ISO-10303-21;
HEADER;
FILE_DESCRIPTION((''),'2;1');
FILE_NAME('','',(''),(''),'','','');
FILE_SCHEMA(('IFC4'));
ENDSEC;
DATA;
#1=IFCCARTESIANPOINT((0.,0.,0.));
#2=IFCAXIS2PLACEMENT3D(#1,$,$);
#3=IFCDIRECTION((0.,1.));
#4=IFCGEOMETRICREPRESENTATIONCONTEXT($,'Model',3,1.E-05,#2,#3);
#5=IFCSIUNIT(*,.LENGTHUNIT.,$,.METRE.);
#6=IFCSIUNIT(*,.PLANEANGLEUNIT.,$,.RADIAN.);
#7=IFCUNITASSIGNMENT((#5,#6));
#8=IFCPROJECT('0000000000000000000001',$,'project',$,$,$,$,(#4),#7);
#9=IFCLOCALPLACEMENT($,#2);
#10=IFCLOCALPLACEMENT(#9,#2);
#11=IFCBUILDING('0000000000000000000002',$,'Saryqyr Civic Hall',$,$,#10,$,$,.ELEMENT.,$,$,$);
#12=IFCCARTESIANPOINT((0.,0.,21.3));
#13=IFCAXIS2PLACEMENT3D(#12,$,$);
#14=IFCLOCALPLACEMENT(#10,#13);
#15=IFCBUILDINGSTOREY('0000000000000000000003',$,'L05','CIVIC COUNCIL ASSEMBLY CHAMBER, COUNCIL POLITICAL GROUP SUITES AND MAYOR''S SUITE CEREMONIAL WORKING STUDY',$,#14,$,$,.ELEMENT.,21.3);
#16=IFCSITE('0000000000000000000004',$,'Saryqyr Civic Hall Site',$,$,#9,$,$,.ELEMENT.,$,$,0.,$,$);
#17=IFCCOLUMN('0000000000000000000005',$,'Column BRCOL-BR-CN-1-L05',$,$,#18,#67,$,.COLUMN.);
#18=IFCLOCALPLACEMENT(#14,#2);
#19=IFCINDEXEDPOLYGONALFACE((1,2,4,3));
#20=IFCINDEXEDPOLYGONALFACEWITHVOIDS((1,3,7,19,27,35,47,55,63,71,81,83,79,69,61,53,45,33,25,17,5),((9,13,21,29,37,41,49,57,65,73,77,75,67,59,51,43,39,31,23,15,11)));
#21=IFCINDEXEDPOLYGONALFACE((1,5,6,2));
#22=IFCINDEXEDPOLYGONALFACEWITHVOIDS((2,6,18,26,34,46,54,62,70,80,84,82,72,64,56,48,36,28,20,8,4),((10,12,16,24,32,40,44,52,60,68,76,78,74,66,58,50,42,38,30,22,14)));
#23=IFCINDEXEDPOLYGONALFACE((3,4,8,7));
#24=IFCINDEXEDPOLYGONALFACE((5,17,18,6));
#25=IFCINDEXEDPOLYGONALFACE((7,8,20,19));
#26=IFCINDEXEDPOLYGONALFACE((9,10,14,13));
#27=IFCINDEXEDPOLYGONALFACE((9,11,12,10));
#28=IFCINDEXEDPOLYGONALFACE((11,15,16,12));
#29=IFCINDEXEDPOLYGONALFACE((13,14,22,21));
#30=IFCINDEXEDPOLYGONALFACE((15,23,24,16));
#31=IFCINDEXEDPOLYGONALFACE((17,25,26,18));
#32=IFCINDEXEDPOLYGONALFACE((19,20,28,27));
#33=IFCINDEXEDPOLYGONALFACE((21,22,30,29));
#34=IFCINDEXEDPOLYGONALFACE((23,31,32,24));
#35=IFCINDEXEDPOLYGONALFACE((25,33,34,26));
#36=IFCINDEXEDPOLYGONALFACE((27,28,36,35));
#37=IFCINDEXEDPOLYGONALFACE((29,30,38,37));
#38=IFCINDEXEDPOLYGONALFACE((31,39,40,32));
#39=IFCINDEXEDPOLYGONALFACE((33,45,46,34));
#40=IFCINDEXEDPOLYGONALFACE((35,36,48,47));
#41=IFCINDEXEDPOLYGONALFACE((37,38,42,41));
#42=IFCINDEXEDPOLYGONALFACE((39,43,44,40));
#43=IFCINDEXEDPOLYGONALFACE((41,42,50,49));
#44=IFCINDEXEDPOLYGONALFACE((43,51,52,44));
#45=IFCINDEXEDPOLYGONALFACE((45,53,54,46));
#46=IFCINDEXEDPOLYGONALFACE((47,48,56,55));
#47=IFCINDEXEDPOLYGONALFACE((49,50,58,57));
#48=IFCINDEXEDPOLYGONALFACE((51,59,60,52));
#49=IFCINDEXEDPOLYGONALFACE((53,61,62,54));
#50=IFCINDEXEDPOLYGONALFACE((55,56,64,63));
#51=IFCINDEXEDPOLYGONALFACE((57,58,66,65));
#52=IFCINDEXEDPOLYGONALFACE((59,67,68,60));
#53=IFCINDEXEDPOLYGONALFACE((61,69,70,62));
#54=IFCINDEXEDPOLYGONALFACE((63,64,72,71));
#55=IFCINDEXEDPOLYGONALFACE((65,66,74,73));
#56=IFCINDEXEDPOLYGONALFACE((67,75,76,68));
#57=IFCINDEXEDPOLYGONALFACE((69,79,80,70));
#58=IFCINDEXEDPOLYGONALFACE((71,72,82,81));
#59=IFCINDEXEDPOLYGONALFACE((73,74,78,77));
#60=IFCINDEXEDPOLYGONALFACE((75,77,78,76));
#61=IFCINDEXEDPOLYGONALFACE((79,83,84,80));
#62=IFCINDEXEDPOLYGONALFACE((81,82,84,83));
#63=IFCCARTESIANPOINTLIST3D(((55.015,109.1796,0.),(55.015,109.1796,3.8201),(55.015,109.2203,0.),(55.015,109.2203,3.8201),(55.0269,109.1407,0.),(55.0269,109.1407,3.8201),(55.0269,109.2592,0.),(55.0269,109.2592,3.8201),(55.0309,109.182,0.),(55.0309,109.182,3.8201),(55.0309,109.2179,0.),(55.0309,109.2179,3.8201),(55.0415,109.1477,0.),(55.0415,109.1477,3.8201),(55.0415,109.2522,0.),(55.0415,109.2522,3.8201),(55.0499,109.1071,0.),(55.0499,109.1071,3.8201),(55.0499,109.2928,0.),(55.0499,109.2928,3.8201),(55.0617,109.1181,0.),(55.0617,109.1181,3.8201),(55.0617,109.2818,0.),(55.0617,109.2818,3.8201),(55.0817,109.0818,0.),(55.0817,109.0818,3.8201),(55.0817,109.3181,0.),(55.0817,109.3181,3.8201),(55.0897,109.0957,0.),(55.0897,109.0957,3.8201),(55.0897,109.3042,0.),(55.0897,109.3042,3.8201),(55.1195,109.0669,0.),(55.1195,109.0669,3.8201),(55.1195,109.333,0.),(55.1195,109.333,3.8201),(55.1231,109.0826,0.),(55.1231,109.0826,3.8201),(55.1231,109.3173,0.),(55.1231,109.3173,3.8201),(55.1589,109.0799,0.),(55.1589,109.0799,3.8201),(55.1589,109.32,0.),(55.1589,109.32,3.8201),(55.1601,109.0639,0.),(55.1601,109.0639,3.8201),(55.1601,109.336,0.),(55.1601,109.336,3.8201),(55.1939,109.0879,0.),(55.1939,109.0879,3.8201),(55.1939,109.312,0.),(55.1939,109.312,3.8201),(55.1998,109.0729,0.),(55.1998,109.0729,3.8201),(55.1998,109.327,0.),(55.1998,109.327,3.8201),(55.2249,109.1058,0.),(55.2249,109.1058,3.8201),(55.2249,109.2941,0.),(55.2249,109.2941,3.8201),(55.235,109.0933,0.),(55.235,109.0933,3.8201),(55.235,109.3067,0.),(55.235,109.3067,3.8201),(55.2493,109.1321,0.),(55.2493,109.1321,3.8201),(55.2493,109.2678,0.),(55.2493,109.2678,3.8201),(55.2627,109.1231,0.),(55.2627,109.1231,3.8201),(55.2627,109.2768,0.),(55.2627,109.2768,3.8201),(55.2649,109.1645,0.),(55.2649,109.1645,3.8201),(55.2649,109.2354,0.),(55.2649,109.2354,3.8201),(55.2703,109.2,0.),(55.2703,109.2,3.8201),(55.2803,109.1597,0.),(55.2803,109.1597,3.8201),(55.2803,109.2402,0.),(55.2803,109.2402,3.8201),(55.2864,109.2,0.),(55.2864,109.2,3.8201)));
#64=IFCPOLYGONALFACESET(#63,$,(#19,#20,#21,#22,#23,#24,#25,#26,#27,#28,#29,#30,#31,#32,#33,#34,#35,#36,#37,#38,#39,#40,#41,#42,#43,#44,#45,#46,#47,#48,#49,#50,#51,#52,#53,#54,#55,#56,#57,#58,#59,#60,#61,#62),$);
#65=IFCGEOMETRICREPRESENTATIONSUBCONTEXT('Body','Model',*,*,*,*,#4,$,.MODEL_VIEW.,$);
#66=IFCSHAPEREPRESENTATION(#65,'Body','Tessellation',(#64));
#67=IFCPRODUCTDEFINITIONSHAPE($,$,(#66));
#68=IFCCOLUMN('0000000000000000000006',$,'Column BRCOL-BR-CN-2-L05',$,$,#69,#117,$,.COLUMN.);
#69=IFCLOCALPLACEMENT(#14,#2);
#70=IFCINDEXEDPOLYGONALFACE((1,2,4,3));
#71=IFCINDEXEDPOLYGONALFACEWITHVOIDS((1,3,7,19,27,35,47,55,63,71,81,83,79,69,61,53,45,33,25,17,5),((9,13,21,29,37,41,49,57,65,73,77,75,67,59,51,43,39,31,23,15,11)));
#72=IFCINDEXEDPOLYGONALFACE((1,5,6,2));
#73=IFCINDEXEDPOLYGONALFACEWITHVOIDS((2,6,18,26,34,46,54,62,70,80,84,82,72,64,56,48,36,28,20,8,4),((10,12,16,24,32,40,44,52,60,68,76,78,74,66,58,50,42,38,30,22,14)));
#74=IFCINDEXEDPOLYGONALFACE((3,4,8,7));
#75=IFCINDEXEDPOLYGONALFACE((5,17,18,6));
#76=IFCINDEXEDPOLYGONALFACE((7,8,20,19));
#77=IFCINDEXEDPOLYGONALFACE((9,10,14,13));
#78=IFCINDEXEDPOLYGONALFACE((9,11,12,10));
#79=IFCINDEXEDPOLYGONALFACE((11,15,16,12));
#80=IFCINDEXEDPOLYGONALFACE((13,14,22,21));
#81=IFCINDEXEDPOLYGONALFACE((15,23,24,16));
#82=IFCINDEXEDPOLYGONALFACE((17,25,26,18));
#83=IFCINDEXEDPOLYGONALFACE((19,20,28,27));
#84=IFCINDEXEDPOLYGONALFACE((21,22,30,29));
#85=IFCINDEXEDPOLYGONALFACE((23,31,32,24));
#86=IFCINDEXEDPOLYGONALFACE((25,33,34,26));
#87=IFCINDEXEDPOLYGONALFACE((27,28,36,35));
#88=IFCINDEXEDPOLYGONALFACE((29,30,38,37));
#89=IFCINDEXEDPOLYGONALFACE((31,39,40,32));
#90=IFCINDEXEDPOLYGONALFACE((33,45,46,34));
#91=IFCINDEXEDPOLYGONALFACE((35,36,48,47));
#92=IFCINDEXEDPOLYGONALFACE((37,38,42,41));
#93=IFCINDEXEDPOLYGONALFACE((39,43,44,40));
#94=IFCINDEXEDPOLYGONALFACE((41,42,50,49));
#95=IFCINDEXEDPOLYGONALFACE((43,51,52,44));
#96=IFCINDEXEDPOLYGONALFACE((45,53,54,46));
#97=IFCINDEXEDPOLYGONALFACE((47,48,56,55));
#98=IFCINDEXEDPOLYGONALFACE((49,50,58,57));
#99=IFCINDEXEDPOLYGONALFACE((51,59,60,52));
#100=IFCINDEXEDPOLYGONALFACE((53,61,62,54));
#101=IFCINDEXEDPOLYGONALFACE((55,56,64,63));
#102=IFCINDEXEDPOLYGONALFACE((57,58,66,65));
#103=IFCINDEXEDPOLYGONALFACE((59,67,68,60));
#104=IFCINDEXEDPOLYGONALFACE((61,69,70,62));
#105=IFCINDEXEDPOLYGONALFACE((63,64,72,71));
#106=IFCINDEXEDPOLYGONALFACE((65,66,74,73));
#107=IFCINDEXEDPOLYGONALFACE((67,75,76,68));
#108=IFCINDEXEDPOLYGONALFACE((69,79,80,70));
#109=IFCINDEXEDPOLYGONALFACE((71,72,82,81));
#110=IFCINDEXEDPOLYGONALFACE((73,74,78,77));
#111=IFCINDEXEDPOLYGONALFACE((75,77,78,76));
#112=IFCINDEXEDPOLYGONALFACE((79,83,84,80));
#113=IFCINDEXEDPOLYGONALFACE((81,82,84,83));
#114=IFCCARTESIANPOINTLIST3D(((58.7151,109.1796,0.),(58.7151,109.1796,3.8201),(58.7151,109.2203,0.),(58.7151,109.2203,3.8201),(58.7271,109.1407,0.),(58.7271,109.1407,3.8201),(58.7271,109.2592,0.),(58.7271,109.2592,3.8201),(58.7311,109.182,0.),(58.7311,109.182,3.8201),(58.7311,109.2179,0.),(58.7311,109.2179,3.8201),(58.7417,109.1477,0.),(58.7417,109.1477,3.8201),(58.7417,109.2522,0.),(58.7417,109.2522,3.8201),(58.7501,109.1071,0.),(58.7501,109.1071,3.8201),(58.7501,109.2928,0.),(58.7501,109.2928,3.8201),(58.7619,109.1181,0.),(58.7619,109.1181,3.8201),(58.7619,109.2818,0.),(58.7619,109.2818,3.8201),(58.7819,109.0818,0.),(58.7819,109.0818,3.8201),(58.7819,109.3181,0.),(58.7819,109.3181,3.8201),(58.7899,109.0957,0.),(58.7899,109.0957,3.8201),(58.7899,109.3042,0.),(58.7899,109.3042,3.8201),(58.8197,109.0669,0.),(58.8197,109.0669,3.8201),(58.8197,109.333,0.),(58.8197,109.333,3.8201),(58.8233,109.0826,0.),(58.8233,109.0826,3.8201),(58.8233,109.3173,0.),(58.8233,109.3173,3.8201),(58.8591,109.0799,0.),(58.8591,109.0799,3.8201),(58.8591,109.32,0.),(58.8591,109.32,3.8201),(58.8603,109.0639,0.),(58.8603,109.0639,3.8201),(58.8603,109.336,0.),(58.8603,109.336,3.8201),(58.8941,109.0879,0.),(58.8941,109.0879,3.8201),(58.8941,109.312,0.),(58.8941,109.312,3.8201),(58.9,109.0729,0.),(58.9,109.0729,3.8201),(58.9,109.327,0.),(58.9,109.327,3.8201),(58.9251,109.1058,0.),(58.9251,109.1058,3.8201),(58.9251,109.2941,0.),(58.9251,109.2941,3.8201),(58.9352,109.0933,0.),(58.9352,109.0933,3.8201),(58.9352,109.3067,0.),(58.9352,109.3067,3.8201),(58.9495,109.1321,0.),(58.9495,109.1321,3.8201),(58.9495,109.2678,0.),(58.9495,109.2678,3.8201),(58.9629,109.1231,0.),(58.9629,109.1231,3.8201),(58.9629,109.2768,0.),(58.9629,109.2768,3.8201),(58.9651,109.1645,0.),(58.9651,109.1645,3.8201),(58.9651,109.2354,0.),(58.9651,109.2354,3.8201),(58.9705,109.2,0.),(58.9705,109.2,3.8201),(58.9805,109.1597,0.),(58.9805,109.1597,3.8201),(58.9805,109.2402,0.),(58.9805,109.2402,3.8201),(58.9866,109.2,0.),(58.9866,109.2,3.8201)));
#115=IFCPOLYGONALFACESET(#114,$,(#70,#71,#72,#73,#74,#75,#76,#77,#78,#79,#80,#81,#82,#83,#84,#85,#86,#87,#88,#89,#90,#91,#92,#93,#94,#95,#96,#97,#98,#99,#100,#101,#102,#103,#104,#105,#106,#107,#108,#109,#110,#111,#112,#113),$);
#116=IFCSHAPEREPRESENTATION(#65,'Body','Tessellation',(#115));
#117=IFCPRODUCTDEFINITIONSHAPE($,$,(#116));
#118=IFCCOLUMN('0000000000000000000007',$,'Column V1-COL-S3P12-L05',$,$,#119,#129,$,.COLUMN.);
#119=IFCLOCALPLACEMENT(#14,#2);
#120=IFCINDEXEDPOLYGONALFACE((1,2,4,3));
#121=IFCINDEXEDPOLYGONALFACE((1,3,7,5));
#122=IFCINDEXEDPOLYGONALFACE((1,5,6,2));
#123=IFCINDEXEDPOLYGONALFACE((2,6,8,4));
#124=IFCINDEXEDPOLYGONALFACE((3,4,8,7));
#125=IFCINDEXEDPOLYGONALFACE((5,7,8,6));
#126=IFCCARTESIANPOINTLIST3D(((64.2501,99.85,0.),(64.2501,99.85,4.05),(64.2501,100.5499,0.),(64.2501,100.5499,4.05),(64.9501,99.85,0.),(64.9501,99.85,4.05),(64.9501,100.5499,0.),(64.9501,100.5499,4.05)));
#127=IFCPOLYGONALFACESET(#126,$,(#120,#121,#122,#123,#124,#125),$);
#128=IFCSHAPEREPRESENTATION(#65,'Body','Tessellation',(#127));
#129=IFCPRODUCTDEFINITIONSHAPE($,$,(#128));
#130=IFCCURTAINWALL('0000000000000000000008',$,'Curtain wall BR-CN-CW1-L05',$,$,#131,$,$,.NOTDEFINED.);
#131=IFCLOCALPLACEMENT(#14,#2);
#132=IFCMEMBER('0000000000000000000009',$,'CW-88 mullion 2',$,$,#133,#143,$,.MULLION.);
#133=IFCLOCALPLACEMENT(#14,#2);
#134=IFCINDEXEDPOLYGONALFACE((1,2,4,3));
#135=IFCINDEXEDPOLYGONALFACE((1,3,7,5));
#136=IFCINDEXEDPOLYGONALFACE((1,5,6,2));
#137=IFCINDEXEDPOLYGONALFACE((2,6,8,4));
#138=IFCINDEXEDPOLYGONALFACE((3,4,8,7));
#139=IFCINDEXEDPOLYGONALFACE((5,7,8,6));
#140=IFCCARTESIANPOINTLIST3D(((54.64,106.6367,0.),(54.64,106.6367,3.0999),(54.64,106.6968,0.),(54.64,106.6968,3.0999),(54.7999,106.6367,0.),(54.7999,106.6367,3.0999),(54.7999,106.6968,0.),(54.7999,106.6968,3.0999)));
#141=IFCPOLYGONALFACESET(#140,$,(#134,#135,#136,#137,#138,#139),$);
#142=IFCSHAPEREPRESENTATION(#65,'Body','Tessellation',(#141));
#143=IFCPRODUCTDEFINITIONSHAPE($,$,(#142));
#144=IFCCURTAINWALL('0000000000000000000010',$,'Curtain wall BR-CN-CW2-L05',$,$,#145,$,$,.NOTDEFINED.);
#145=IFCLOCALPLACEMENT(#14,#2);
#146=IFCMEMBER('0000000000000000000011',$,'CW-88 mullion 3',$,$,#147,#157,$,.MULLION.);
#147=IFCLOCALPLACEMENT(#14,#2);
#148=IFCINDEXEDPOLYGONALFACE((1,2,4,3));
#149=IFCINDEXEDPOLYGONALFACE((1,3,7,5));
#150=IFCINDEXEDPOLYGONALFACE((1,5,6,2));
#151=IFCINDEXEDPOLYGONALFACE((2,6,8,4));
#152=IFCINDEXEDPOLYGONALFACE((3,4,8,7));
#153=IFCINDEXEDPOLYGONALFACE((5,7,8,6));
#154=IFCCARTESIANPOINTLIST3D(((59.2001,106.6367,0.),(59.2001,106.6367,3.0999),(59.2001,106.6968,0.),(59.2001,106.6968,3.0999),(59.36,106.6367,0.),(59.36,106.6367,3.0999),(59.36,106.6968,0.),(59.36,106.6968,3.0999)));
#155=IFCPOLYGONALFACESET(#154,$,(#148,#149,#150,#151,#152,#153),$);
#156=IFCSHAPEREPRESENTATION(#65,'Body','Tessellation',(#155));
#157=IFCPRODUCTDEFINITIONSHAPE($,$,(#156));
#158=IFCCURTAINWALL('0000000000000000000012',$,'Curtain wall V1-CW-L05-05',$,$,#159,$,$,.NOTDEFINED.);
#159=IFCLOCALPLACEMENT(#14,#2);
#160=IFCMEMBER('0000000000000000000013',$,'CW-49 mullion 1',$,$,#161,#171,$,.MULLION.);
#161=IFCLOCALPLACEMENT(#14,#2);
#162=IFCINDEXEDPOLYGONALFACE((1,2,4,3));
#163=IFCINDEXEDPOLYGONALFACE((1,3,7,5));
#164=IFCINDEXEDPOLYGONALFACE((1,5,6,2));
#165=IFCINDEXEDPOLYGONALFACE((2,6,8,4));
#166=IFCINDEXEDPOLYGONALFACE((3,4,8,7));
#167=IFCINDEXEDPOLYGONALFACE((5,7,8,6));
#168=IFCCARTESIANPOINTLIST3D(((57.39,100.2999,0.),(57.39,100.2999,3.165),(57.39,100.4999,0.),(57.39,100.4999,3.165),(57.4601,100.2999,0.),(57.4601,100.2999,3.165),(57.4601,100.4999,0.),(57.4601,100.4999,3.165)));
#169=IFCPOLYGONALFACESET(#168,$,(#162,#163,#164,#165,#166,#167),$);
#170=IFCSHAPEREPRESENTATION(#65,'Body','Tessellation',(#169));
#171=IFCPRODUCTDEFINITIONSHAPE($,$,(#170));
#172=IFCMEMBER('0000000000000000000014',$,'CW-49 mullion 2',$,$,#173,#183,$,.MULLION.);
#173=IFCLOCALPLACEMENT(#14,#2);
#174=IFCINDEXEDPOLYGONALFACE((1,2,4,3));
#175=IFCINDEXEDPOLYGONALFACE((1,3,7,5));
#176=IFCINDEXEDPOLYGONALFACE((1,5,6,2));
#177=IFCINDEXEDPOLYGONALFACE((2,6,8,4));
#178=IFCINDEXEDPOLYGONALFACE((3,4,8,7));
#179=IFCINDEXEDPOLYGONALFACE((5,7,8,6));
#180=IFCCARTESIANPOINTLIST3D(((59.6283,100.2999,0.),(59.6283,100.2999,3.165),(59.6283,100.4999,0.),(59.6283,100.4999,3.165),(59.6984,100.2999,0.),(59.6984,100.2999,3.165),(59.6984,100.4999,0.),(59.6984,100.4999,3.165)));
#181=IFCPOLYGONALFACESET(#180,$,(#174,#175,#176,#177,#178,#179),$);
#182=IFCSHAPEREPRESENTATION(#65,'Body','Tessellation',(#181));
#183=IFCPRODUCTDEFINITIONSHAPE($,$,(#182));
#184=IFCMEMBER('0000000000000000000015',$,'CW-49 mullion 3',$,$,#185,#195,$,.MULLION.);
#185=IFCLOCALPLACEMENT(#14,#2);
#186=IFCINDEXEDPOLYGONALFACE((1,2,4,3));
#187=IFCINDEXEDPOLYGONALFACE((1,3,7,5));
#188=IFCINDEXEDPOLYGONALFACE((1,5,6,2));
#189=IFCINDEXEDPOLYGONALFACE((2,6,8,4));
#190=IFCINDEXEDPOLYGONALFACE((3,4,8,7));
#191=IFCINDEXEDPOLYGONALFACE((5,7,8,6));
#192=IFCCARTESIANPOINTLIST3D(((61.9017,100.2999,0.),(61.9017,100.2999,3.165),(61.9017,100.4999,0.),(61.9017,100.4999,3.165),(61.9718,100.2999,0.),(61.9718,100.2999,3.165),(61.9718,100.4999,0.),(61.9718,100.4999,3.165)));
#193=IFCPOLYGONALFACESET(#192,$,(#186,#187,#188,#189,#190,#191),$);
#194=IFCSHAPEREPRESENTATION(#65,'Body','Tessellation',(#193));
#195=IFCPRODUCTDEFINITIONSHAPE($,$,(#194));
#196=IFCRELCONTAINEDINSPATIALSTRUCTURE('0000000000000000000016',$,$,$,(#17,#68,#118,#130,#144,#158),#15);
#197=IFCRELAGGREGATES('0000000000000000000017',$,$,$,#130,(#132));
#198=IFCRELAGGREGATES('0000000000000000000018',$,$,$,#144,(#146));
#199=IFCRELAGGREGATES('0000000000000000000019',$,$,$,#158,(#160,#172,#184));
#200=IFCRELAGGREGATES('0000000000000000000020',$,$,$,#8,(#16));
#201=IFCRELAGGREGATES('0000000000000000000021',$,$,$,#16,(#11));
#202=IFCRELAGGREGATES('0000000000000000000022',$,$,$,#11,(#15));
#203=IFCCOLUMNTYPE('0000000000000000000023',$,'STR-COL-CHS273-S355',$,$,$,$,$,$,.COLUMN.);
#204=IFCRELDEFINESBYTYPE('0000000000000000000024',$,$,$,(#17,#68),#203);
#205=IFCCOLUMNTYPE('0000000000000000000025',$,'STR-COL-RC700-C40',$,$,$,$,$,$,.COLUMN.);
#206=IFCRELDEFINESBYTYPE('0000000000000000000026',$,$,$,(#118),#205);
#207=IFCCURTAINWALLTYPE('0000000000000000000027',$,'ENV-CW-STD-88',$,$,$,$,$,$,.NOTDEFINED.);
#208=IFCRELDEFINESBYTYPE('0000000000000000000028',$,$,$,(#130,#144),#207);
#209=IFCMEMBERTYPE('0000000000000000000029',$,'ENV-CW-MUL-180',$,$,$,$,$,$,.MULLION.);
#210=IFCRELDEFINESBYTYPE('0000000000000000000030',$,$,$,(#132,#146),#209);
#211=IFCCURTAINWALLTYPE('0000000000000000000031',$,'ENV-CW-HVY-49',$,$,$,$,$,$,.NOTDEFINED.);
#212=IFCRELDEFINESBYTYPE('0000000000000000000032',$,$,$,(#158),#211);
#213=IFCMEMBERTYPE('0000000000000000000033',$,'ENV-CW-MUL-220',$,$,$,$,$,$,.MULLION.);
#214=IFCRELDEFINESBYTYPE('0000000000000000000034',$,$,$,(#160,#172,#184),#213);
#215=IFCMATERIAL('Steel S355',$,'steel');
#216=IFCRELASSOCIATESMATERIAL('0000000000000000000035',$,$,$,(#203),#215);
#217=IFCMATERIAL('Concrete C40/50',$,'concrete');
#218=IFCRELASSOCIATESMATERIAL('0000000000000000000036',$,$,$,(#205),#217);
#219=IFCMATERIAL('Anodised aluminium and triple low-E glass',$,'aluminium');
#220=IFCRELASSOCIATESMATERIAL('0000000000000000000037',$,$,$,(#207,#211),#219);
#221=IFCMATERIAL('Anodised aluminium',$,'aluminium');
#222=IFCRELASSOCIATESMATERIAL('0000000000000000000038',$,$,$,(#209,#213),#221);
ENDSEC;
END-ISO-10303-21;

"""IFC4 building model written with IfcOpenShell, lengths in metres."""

from ifc_helpers import new_model, si_unit, direction, frame, origin, origin_2d, place, context, subcontext, project, spatial, rectangle, hollow_circle, extrude, material, material_profile, profile_set, type_object, element, aggregate, save


model = new_model("IFC4")

# Units and contexts
model_context = context("Model", 3, precision=1e-05, world=origin(), true_north=direction((0.0, 1.0)))
body_context = subcontext(model_context, "Body", "Model", "MODEL_VIEW")
ifc_project = project(units=[si_unit("LENGTHUNIT", "METRE"), si_unit("PLANEANGLEUNIT", "RADIAN")], contexts=[model_context])

# Site, building, storey
site_placement = place(None, origin())
site = spatial("IfcSite", under=ifc_project, at=site_placement, Name="Saryqyr Civic Hall Site", CompositionType="ELEMENT", RefElevation=0.0)
building_placement = place(site_placement, origin())
building = spatial("IfcBuilding", under=site, at=building_placement, Name="Saryqyr Civic Hall", CompositionType="ELEMENT")
storey_placement = place(building_placement, frame((0.0, 0.0, 21.3)))
storey = spatial("IfcBuildingStorey", under=building, at=storey_placement, Name="L05", Description="CIVIC COUNCIL ASSEMBLY CHAMBER, COUNCIL POLITICAL GROUP SUITES AND MAYOR'S SUITE CEREMONIAL WORKING STUDY", CompositionType="ELEMENT", Elevation=21.3)

# Columns
ifc_material_1 = material(Name="Steel S355", Category="steel")
ifc_material_profile_1 = material_profile(ifc_material_1, hollow_circle(Radius=0.1365, WallThickness=0.0161, at=origin_2d()), Name="CHS 273x16")
ifc_profile_set_1 = profile_set([ifc_material_profile_1], Name="Steel S355")
column_type_1 = type_object("IfcColumnType", Name="STR-COL-CHS273-S355", PredefinedType="COLUMN", material=ifc_profile_set_1)
for number, where, z_axis, x_axis, name in (
    (1, (55.1499, 109.2, 0.0), (0.0, 0.0, 1.0), (1.0, 0.0, 0.0), "Column BRCOL-BR-CN-1-L05"),
    (2, (58.8501, 109.2, 0.0), (0.0, 0.0, 1.0), (1.0, 0.0, 0.0), "Column BRCOL-BR-CN-2-L05"),
):
    element("IfcColumn", number, at=place(storey_placement, frame(where, z_axis=z_axis, x_axis=x_axis)), inside=storey, type_object=column_type_1, Name=name, PredefinedType="COLUMN", context=body_context, shape_type="SweptSolid", body=[
        extrude(hollow_circle(Radius=0.1365, WallThickness=0.0161, at=origin_2d()), origin(), (0.0, 0.0, 1.0), 3.8201),
    ])
ifc_material_2 = material(Name="Concrete C40/50", Category="concrete")
ifc_material_profile_2 = material_profile(ifc_material_2, rectangle(XDim=0.7, YDim=0.7, at=origin_2d()), Name="RC 700x700")
ifc_profile_set_2 = profile_set([ifc_material_profile_2], Name="Concrete C40/50")
column_type_2 = type_object("IfcColumnType", Name="STR-COL-RC700-C40", PredefinedType="COLUMN", material=ifc_profile_set_2)
column_placement = place(storey_placement, frame((64.6001, 100.2, 0.0), z_axis=(0.0, 0.0, 1.0), x_axis=(1.0, 0.0, 0.0)))
element("IfcColumn", 3, at=column_placement, inside=storey, type_object=column_type_2, Name="Column V1-COL-S3P12-L05", PredefinedType="COLUMN", context=body_context, shape_type="SweptSolid", body=[
    extrude(rectangle(XDim=0.7, YDim=0.7, at=origin_2d()), origin(), (0.0, 0.0, 1.0), 4.05),
])

# Curtain walls, members
ifc_material_3 = material(Name="Anodised aluminium and triple low-E glass", Category="aluminium")
curtain_wall_type_1 = type_object("IfcCurtainWallType", Name="ENV-CW-STD-88", PredefinedType="NOTDEFINED", material=ifc_material_3)
curtain_wall_1_placement = place(storey_placement, origin())
curtain_wall_1 = element("IfcCurtainWall", 4, at=curtain_wall_1_placement, inside=storey, type_object=curtain_wall_type_1, Name="Curtain wall BR-CN-CW1-L05", PredefinedType="NOTDEFINED")
ifc_material_4 = material(Name="Anodised aluminium", Category="aluminium")
ifc_material_profile_3 = material_profile(ifc_material_4, rectangle(XDim=0.0601, YDim=0.1599, at=origin_2d()), Name="ALU MULLION 60x160")
ifc_profile_set_3 = profile_set([ifc_material_profile_3], Name="Anodised aluminium")
member_type_1 = type_object("IfcMemberType", Name="ENV-CW-MUL-180", PredefinedType="MULLION", material=ifc_profile_set_3)
member_1_placement = place(storey_placement, frame((54.72, 106.6667, 0.0), z_axis=(0.0, 0.0, 1.0), x_axis=(0.0, 1.0, 0.0)))
member_1 = element("IfcMember", 5, at=member_1_placement, type_object=member_type_1, Name="CW-88 mullion 2", PredefinedType="MULLION", context=body_context, shape_type="SweptSolid", body=[
    extrude(rectangle(XDim=0.0601, YDim=0.1599, at=origin_2d()), origin(), (0.0, 0.0, 1.0), 3.0999),
])
curtain_wall_2_placement = place(storey_placement, origin())
curtain_wall_2 = element("IfcCurtainWall", 6, at=curtain_wall_2_placement, inside=storey, type_object=curtain_wall_type_1, Name="Curtain wall BR-CN-CW2-L05", PredefinedType="NOTDEFINED")
member_2_placement = place(storey_placement, frame((59.28, 106.6667, 0.0), z_axis=(0.0, 0.0, 1.0), x_axis=(0.0, -1.0, 0.0)))
member_2 = element("IfcMember", 7, at=member_2_placement, type_object=member_type_1, Name="CW-88 mullion 3", PredefinedType="MULLION", context=body_context, shape_type="SweptSolid", body=[
    extrude(rectangle(XDim=0.0601, YDim=0.1599, at=origin_2d()), origin(), (0.0, 0.0, 1.0), 3.0999),
])

# Curtain wall, members
curtain_wall_type_2 = type_object("IfcCurtainWallType", Name="ENV-CW-HVY-49", PredefinedType="NOTDEFINED", material=ifc_material_3)
curtain_wall_3_placement = place(storey_placement, origin())
curtain_wall_3 = element("IfcCurtainWall", 8, at=curtain_wall_3_placement, inside=storey, type_object=curtain_wall_type_2, Name="Curtain wall V1-CW-L05-05", PredefinedType="NOTDEFINED")
ifc_material_profile_4 = material_profile(ifc_material_4, rectangle(XDim=0.0701, YDim=0.2, at=origin_2d()), Name="ALU MULLION 70x200")
ifc_profile_set_4 = profile_set([ifc_material_profile_4], Name="Anodised aluminium")
member_type_2 = type_object("IfcMemberType", Name="ENV-CW-MUL-220", PredefinedType="MULLION", material=ifc_profile_set_4)
member_3_placement = place(storey_placement, frame((57.425, 100.3999, 0.0), z_axis=(0.0, 0.0, 1.0), x_axis=(1.0, 0.0, 0.0)))
member_3 = element("IfcMember", 9, at=member_3_placement, type_object=member_type_2, Name="CW-49 mullion 1", PredefinedType="MULLION", context=body_context, shape_type="SweptSolid", body=[
    extrude(rectangle(XDim=0.0701, YDim=0.2, at=origin_2d()), origin(), (0.0, 0.0, 1.0), 3.165),
])
member_4_placement = place(storey_placement, frame((59.6633, 100.3999, 0.0), z_axis=(0.0, 0.0, 1.0), x_axis=(1.0, 0.0, 0.0)))
member_4 = element("IfcMember", 10, at=member_4_placement, type_object=member_type_2, Name="CW-49 mullion 2", PredefinedType="MULLION", context=body_context, shape_type="SweptSolid", body=[
    extrude(rectangle(XDim=0.0701, YDim=0.2, at=origin_2d()), origin(), (0.0, 0.0, 1.0), 3.165),
])
member_5_placement = place(storey_placement, frame((61.9368, 100.3999, 0.0), z_axis=(0.0, 0.0, 1.0), x_axis=(1.0, 0.0, 0.0)))
member_5 = element("IfcMember", 11, at=member_5_placement, type_object=member_type_2, Name="CW-49 mullion 3", PredefinedType="MULLION", context=body_context, shape_type="SweptSolid", body=[
    extrude(rectangle(XDim=0.0701, YDim=0.2, at=origin_2d()), origin(), (0.0, 0.0, 1.0), 3.165),
])

aggregate(curtain_wall_1, [member_1])
aggregate(curtain_wall_2, [member_2])
aggregate(curtain_wall_3, [member_3, member_4, member_5])

save(model, "model.ifc")
